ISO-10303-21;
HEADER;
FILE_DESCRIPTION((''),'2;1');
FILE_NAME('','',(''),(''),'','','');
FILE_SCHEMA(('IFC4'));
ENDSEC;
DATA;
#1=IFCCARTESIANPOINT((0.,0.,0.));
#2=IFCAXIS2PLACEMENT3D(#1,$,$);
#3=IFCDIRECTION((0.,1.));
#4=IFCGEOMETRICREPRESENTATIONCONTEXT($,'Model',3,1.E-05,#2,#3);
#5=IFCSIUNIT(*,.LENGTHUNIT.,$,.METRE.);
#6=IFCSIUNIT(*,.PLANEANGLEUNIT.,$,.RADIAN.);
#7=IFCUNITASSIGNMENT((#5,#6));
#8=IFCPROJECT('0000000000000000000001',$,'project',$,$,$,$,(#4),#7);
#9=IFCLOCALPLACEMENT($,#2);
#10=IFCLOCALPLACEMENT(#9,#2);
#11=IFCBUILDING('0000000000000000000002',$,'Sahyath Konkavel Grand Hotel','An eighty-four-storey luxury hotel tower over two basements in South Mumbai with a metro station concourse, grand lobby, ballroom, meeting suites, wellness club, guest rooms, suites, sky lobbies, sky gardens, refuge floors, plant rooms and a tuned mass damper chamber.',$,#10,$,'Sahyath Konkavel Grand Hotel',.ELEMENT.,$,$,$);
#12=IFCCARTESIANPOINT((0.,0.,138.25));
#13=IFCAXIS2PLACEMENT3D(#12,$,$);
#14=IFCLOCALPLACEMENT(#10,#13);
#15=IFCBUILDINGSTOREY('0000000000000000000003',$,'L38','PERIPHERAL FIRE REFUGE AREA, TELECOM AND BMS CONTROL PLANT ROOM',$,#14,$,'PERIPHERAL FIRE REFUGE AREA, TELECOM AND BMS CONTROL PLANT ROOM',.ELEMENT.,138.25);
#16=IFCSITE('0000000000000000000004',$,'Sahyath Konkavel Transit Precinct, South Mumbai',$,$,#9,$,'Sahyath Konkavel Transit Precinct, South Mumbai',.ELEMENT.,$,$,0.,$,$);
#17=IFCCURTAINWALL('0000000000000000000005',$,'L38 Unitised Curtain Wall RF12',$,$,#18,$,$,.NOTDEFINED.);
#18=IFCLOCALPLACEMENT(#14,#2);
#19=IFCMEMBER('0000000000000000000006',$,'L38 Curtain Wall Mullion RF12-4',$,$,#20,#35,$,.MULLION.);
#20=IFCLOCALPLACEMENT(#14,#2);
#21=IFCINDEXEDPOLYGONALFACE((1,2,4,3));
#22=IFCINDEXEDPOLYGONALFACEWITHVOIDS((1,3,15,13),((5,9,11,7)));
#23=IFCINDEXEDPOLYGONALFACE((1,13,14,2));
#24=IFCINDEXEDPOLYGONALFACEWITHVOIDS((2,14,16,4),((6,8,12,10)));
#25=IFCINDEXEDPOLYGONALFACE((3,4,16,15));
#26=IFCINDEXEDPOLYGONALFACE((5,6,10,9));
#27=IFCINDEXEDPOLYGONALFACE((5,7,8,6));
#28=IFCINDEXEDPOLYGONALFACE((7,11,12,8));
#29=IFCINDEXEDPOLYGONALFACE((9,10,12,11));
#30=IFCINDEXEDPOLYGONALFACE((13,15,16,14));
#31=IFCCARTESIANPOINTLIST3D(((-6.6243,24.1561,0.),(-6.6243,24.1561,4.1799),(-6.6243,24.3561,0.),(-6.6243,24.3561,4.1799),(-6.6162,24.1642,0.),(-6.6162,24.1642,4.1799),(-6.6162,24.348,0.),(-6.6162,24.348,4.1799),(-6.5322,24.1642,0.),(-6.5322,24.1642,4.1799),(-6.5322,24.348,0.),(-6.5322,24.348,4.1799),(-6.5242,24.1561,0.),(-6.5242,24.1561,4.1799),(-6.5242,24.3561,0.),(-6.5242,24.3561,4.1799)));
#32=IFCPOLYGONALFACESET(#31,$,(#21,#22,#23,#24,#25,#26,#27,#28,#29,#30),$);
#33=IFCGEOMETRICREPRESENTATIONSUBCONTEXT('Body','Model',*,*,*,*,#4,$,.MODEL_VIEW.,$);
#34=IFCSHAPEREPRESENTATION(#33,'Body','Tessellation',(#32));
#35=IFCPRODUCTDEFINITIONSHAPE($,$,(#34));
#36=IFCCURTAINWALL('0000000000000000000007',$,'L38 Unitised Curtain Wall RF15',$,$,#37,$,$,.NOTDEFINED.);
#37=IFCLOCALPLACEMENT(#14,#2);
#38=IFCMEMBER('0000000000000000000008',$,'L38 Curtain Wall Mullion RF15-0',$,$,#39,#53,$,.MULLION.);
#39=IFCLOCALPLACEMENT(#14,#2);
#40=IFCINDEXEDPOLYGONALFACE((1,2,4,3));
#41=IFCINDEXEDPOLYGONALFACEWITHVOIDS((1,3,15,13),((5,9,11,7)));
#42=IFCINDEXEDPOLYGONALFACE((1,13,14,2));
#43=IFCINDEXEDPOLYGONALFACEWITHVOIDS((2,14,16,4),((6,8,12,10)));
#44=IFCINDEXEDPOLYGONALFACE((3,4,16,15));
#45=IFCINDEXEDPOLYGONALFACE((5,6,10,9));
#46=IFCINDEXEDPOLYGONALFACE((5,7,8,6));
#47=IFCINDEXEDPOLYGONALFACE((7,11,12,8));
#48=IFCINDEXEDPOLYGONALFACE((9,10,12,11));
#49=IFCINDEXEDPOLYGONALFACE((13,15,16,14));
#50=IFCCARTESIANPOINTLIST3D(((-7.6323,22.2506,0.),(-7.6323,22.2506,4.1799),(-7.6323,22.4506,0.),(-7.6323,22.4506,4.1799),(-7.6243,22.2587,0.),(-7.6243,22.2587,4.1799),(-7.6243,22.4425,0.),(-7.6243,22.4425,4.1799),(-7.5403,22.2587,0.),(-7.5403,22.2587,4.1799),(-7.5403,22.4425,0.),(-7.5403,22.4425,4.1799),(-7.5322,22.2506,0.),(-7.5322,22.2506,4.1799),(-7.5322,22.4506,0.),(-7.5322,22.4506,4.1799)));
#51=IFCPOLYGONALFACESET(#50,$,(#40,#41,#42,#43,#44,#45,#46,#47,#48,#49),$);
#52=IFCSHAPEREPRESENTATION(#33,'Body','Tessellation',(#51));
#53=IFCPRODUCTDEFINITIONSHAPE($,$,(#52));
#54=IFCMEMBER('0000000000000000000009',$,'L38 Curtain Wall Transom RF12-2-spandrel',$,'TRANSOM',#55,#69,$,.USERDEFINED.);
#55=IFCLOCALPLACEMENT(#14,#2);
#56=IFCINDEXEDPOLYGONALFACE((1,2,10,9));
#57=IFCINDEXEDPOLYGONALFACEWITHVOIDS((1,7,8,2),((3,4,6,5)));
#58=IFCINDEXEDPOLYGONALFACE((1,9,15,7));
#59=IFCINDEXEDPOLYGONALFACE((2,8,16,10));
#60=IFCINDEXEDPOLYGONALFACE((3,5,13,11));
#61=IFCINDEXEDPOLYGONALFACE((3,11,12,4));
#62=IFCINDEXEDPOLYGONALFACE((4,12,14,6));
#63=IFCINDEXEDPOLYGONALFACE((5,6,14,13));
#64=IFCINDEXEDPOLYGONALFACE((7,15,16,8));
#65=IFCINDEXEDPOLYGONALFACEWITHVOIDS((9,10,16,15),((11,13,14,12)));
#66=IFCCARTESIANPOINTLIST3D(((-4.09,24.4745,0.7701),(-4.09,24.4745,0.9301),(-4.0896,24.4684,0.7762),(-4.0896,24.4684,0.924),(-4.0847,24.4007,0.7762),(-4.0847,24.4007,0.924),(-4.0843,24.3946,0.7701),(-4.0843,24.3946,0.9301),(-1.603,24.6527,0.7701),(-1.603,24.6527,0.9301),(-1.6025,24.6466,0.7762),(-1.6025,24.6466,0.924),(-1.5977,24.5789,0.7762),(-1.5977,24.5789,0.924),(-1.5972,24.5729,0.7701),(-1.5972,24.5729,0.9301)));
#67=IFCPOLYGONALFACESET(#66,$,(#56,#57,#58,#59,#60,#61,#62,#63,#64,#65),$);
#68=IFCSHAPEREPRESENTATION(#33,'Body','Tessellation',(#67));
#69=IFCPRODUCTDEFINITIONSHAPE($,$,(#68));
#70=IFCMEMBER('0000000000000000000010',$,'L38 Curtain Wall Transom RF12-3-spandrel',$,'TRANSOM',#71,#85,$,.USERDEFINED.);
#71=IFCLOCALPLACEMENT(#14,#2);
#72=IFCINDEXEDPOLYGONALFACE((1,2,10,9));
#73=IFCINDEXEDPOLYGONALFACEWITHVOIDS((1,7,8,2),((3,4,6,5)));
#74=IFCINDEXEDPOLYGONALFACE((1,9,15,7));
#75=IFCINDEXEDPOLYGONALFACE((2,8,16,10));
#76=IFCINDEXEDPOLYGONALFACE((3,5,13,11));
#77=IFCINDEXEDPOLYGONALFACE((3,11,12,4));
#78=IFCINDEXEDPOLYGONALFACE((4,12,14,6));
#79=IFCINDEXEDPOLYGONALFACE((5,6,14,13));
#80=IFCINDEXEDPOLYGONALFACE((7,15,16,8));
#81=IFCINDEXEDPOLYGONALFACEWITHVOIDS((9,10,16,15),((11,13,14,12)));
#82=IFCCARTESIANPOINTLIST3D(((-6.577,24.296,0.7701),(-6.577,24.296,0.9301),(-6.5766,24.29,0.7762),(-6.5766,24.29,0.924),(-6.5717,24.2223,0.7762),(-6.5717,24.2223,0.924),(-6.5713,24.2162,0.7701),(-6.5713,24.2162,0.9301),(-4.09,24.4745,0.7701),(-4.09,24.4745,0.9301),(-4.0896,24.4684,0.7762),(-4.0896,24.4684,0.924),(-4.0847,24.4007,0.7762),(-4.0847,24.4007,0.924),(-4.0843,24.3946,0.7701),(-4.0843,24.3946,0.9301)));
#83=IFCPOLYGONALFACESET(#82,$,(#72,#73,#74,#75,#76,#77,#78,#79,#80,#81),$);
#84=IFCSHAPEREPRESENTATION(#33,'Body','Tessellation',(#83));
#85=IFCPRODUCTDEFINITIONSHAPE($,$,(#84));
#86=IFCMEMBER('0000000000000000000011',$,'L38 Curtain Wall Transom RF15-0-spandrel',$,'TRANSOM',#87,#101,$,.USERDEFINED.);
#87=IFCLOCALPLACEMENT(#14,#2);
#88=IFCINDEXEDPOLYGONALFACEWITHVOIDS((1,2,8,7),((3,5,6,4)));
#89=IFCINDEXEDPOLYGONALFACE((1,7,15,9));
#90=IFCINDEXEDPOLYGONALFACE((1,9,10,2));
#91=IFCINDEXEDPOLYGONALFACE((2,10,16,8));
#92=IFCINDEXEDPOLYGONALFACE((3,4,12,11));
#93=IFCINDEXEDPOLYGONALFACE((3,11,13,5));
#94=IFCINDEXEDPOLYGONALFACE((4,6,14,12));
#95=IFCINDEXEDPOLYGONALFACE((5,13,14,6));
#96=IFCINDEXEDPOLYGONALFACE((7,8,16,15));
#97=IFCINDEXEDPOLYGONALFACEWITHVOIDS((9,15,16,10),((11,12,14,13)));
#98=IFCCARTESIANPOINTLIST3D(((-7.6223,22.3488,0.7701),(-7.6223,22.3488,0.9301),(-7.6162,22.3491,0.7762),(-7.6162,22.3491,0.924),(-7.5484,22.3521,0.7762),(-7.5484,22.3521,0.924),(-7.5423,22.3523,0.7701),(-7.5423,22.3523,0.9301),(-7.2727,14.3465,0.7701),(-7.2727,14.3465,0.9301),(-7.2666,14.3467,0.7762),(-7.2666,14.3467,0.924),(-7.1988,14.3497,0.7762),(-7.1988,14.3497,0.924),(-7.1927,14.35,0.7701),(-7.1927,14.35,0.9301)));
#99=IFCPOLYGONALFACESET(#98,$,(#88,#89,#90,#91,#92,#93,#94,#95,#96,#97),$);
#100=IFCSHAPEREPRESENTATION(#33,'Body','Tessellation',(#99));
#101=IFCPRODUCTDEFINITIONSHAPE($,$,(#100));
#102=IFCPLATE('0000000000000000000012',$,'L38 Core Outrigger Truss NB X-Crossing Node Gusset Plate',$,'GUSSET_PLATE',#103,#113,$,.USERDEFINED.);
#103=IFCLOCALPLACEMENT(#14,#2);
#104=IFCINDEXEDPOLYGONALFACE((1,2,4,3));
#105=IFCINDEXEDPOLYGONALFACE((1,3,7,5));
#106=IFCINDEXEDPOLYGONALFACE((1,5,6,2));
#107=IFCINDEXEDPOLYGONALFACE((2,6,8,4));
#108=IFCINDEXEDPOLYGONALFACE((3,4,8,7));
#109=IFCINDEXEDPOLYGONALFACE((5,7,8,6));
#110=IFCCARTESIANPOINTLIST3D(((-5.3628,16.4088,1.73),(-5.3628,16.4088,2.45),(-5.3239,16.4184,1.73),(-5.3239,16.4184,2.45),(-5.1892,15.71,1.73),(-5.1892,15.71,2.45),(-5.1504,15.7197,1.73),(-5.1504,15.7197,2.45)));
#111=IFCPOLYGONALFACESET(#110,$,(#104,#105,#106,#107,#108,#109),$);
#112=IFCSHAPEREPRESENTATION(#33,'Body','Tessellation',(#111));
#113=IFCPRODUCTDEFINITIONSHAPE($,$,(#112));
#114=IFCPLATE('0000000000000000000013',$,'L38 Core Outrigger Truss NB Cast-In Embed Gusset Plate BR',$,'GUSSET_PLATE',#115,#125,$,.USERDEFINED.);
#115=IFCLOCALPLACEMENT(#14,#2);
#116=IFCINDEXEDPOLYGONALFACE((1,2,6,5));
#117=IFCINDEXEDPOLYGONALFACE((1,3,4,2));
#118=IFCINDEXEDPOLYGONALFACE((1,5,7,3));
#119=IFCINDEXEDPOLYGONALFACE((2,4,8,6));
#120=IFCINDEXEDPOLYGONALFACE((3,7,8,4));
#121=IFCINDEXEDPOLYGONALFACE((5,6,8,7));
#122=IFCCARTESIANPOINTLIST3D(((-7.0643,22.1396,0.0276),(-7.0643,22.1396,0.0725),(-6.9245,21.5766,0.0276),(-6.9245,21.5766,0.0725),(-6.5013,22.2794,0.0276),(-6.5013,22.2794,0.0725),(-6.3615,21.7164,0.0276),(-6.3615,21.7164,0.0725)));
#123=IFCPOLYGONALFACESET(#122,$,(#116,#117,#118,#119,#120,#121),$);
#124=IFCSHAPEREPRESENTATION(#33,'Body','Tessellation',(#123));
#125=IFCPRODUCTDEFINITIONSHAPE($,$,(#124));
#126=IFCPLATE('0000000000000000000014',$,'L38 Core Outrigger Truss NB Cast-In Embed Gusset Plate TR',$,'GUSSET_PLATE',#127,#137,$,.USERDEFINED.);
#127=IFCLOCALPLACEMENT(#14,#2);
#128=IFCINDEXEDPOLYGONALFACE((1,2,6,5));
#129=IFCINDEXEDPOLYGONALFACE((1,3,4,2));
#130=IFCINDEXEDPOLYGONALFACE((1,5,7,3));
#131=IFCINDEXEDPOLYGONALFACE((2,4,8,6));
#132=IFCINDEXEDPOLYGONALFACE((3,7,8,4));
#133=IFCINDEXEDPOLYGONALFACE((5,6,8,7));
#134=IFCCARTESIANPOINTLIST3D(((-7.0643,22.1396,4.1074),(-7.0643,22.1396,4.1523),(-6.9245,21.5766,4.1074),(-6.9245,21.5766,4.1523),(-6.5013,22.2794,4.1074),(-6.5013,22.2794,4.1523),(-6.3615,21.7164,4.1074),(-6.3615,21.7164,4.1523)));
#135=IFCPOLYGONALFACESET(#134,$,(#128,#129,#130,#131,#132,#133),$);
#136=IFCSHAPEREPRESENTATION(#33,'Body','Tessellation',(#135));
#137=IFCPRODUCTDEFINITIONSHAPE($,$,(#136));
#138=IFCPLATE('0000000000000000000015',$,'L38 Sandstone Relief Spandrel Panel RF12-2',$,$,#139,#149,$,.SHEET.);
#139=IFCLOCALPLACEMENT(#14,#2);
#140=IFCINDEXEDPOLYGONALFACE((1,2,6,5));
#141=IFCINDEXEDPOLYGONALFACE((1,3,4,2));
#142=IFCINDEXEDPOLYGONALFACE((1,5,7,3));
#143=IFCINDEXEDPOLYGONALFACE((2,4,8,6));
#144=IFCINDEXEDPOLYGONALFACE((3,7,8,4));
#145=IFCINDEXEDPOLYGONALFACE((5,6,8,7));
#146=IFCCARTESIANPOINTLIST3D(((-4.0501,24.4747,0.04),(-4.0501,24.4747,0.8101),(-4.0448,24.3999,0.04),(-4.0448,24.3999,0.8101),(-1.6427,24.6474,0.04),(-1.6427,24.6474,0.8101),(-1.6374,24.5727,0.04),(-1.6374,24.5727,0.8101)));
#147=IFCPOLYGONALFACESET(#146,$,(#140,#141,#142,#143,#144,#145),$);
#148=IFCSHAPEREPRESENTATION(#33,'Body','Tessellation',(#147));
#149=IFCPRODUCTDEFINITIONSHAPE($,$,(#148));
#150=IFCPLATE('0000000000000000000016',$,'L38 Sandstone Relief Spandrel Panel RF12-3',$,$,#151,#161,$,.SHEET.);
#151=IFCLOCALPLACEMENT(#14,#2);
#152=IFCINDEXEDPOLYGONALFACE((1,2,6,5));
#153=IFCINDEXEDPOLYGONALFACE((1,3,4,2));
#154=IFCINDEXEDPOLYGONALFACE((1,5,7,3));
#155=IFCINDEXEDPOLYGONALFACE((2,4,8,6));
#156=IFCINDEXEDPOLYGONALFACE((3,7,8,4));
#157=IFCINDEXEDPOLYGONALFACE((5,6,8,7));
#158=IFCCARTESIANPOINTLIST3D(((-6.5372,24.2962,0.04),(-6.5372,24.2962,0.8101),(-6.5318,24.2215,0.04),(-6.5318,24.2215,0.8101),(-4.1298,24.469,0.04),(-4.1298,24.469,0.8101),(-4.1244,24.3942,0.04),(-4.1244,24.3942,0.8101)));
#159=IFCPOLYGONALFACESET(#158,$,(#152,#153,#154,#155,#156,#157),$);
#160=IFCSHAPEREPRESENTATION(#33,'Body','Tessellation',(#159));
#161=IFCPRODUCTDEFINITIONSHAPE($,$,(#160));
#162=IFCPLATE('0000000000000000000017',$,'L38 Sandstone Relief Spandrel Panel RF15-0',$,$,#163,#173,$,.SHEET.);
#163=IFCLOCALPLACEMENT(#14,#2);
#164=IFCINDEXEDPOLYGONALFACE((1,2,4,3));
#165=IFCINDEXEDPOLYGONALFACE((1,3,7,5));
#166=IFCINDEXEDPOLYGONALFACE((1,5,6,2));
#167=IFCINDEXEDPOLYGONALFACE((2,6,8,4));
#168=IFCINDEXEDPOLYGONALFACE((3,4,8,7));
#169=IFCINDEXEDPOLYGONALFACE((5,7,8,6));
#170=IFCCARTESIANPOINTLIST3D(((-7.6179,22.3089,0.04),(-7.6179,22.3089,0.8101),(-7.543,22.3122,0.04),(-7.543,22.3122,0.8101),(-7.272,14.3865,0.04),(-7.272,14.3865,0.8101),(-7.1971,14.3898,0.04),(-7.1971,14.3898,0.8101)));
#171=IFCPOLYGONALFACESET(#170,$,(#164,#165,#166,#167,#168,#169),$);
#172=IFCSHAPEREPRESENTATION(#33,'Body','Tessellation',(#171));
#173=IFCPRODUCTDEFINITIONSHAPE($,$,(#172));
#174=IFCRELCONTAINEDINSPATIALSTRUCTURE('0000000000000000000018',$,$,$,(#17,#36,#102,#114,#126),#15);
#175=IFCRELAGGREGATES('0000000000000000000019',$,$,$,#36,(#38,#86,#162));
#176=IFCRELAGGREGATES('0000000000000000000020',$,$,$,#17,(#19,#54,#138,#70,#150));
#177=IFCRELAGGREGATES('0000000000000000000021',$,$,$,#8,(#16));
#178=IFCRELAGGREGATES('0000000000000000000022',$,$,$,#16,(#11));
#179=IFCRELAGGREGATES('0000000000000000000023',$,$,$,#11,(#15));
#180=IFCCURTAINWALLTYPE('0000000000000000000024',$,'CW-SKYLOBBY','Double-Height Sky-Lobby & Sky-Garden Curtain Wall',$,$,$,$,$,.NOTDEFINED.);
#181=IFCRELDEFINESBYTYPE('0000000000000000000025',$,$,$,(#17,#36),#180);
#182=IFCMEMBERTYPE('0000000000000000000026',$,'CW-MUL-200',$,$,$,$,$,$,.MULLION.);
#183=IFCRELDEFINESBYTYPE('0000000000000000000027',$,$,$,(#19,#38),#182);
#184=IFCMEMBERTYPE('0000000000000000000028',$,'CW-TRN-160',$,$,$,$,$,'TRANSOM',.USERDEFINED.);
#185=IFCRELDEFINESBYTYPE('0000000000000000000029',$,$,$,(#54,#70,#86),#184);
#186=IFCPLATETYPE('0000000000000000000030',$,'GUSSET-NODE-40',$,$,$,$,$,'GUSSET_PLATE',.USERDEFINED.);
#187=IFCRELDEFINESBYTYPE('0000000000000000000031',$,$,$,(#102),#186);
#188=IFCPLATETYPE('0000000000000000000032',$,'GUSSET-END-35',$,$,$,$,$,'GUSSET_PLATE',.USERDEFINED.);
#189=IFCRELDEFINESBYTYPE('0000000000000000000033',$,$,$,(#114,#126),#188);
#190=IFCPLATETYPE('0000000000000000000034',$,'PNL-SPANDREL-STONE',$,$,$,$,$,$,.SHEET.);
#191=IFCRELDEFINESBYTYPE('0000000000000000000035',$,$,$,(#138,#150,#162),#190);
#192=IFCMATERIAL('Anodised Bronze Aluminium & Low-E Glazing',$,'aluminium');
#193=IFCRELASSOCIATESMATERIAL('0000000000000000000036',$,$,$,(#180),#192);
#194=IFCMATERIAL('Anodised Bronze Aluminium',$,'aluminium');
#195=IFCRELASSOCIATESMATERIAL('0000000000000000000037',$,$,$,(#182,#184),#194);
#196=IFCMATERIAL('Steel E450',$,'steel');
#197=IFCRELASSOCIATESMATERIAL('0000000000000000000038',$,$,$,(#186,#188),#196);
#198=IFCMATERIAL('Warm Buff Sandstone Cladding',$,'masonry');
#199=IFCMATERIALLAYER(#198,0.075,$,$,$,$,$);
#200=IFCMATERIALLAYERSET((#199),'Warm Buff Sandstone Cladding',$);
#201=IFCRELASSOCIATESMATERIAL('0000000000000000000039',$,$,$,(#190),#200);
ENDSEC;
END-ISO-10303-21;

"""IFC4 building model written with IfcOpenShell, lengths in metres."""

from ifc_helpers import new_model, si_unit, direction, frame, origin, origin_2d, place, context, subcontext, project, spatial, rectangle, hollow_rectangle, extrude, source, transform, mapped, material, layer, layer_set, material_profile, profile_set, type_object, element, aggregate, save


model = new_model("IFC4")

# Units and contexts
model_context = context("Model", 3, precision=1e-05, world=origin(), true_north=direction((0.0, 1.0)))
body_context = subcontext(model_context, "Body", "Model", "MODEL_VIEW")
ifc_project = project(units=[si_unit("LENGTHUNIT", "METRE"), si_unit("PLANEANGLEUNIT", "RADIAN")], contexts=[model_context])

# Site, building, storey
site_placement = place(None, origin())
site = spatial("IfcSite", under=ifc_project, at=site_placement, Name="Sahyath Konkavel Transit Precinct, South Mumbai", LongName="Sahyath Konkavel Transit Precinct, South Mumbai", CompositionType="ELEMENT", RefElevation=0.0)
building_placement = place(site_placement, origin())
building = spatial("IfcBuilding", under=site, at=building_placement, Name="Sahyath Konkavel Grand Hotel", Description="An eighty-four-storey luxury hotel tower over two basements in South Mumbai with a metro station concourse, grand lobby, ballroom, meeting suites, wellness club, guest rooms, suites, sky lobbies, sky gardens, refuge floors, plant rooms and a tuned mass damper chamber.", LongName="Sahyath Konkavel Grand Hotel", CompositionType="ELEMENT")
storey_placement = place(building_placement, frame((0.0, 0.0, 138.25)))
storey = spatial("IfcBuildingStorey", under=building, at=storey_placement, Name="L38", Description="PERIPHERAL FIRE REFUGE AREA, TELECOM AND BMS CONTROL PLANT ROOM", LongName="PERIPHERAL FIRE REFUGE AREA, TELECOM AND BMS CONTROL PLANT ROOM", CompositionType="ELEMENT", Elevation=138.25)

# Shared definitions
ifc_material_1 = material(Name="Steel E450", Category="steel")

# Curtain wall, member
ifc_material_2 = material(Name="Anodised Bronze Aluminium & Low-E Glazing", Category="aluminium")
curtain_wall_type = type_object("IfcCurtainWallType", Name="CW-SKYLOBBY", Description="Double-Height Sky-Lobby & Sky-Garden Curtain Wall", PredefinedType="NOTDEFINED", material=ifc_material_2)
curtain_wall_1_placement = place(storey_placement, origin())
curtain_wall_1 = element("IfcCurtainWall", 1, at=curtain_wall_1_placement, inside=storey, type_object=curtain_wall_type, Name="L38 Unitised Curtain Wall RF12", PredefinedType="NOTDEFINED")
ifc_material_3 = material(Name="Anodised Bronze Aluminium", Category="aluminium")
ifc_material_profile_1 = material_profile(ifc_material_3, hollow_rectangle(XDim=0.1001, YDim=0.2, WallThickness=0.0081, at=origin_2d()), Name="RHS 200x100x8")
ifc_profile_set_1 = profile_set([ifc_material_profile_1], Name="Anodised Bronze Aluminium")
member_type_1 = type_object("IfcMemberType", Name="CW-MUL-200", PredefinedType="MULLION", material=ifc_profile_set_1)
shared_shape_1 = source(origin(), body_context, "Body", "SweptSolid", [
    extrude(hollow_rectangle(XDim=0.1001, YDim=0.2, WallThickness=0.0081, at=origin_2d()), origin(), (0.0, 0.0, 1.0), 4.1799),
])
member_1_placement = place(storey_placement, frame((-6.5742, 24.2561, 0.0), z_axis=(0.0, 0.0, 1.0), x_axis=(1.0, 0.0, 0.0)))
member_1 = element("IfcMember", 2, at=member_1_placement, type_object=member_type_1, Name="L38 Curtain Wall Mullion RF12-4", PredefinedType="MULLION", context=body_context, shape_type="MappedRepresentation", body=[
    mapped(shared_shape_1, transform((0.0, 0.0, 0.0), scale=1.0)),
])

# Curtain wall, member
curtain_wall_2_placement = place(storey_placement, origin())
curtain_wall_2 = element("IfcCurtainWall", 3, at=curtain_wall_2_placement, inside=storey, type_object=curtain_wall_type, Name="L38 Unitised Curtain Wall RF15", PredefinedType="NOTDEFINED")
member_2_placement = place(storey_placement, frame((-7.5823, 22.3506, 0.0), z_axis=(0.0, 0.0, 1.0), x_axis=(1.0, 0.0, 0.0)))
member_2 = element("IfcMember", 4, at=member_2_placement, type_object=member_type_1, Name="L38 Curtain Wall Mullion RF15-0", PredefinedType="MULLION", context=body_context, shape_type="MappedRepresentation", body=[
    mapped(shared_shape_1, transform((0.0, 0.0, 0.0), scale=1.0)),
])

# Members
ifc_material_profile_2 = material_profile(ifc_material_3, hollow_rectangle(XDim=0.0801, YDim=0.1599, WallThickness=0.0061, at=origin_2d()), Name="RHS 160x80x6")
ifc_profile_set_2 = profile_set([ifc_material_profile_2], Name="Anodised Bronze Aluminium")
member_type_2 = type_object("IfcMemberType", Name="CW-TRN-160", ElementType="TRANSOM", PredefinedType="USERDEFINED", material=ifc_profile_set_2)
shared_shape_2 = source(origin(), body_context, "Body", "SweptSolid", [
    extrude(hollow_rectangle(XDim=0.0801, YDim=0.1599, WallThickness=0.0061, at=origin_2d()), origin(), (0.0, 0.0, 1.0), 2.4934),
])
member_3_placement = place(storey_placement, frame((-1.6001, 24.6128, 0.8501), z_axis=(-0.997442, -0.071477, 0.0), x_axis=(0.071477, -0.997442, 0.0)))
member_3 = element("IfcMember", 5, at=member_3_placement, type_object=member_type_2, Name="L38 Curtain Wall Transom RF12-2-spandrel", ObjectType="TRANSOM", PredefinedType="USERDEFINED", context=body_context, shape_type="MappedRepresentation", body=[
    mapped(shared_shape_2, transform((0.0, 0.0, 0.0), scale=1.0)),
])
member_4_placement = place(storey_placement, frame((-4.0872, 24.4346, 0.8501), z_axis=(-0.997435, -0.071574, 0.0), x_axis=(0.071574, -0.997435, 0.0)))
member_4 = element("IfcMember", 6, at=member_4_placement, type_object=member_type_2, Name="L38 Curtain Wall Transom RF12-3-spandrel", ObjectType="TRANSOM", PredefinedType="USERDEFINED", context=body_context, shape_type="MappedRepresentation", body=[
    mapped(shared_shape_2, transform((0.0, 0.0, 0.0), scale=1.0)),
])
shared_shape_3 = source(origin(), body_context, "Body", "SweptSolid", [
    extrude(hollow_rectangle(XDim=0.0801, YDim=0.1599, WallThickness=0.0061, at=origin_2d()), origin(), (0.0, 0.0, 1.0), 8.01),
])
member_5_placement = place(storey_placement, frame((-7.5823, 22.3506, 0.8501), z_axis=(0.043646, -0.999047, 0.0), x_axis=(0.999047, 0.043646, 0.0)))
member_5 = element("IfcMember", 7, at=member_5_placement, type_object=member_type_2, Name="L38 Curtain Wall Transom RF15-0-spandrel", ObjectType="TRANSOM", PredefinedType="USERDEFINED", context=body_context, shape_type="MappedRepresentation", body=[
    mapped(shared_shape_3, transform((0.0, 0.0, 0.0), scale=1.0)),
])

# Plates
plate_type_1 = type_object("IfcPlateType", Name="GUSSET-NODE-40", ElementType="GUSSET_PLATE", PredefinedType="USERDEFINED", material=ifc_material_1)
shared_shape_4 = source(origin(), body_context, "Body", "SweptSolid", [
    extrude(rectangle(XDim=0.72, YDim=0.04, at=origin_2d()), origin(), (0.0, 0.0, 1.0), 0.72),
])
plate_1_placement = place(storey_placement, frame((-5.2566, 16.0642, 1.73), z_axis=(0.0, 0.0, 1.0), x_axis=(-0.241041, 0.970515, 0.0)))
element("IfcPlate", 8, at=plate_1_placement, inside=storey, type_object=plate_type_1, Name="L38 Core Outrigger Truss NB X-Crossing Node Gusset Plate", ObjectType="GUSSET_PLATE", PredefinedType="USERDEFINED", context=body_context, shape_type="MappedRepresentation", body=[
    mapped(shared_shape_4, transform((0.0, 0.0, 0.0), scale=1.0)),
])
plate_type_2 = type_object("IfcPlateType", Name="GUSSET-END-35", ElementType="GUSSET_PLATE", PredefinedType="USERDEFINED", material=ifc_material_1)
shared_shape_5 = source(origin(), body_context, "Body", "SweptSolid", [
    extrude(rectangle(XDim=0.5801, YDim=0.5801, at=origin_2d()), origin(), (0.0, 0.0, 1.0), 0.0449),
])
for number, where, z_axis, x_axis, name in (
    (9, (-6.7129, 21.928, 0.0276), (0.0, 0.0, 1.0), (-0.241041, 0.970515, 0.0), "L38 Core Outrigger Truss NB Cast-In Embed Gusset Plate BR"),
    (10, (-6.7129, 21.928, 4.1074), (0.0, 0.0, 1.0), (-0.241041, 0.970515, 0.0), "L38 Core Outrigger Truss NB Cast-In Embed Gusset Plate TR"),
):
    element("IfcPlate", number, at=place(storey_placement, frame(where, z_axis=z_axis, x_axis=x_axis)), inside=storey, type_object=plate_type_2, Name=name, ObjectType="GUSSET_PLATE", PredefinedType="USERDEFINED", context=body_context, shape_type="MappedRepresentation", body=[
        mapped(shared_shape_5, transform((0.0, 0.0, 0.0), scale=1.0)),
    ])

# Plates
ifc_material_4 = material(Name="Warm Buff Sandstone Cladding", Category="masonry")
ifc_layer_1 = layer(ifc_material_4, 0.075)
ifc_layer_set_1 = layer_set([ifc_layer_1], Name="Warm Buff Sandstone Cladding")
plate_type_3 = type_object("IfcPlateType", Name="PNL-SPANDREL-STONE", PredefinedType="SHEET", material=ifc_layer_set_1)
shared_shape_6 = source(origin(), body_context, "Body", "SweptSolid", [
    extrude(rectangle(XDim=2.4136, YDim=0.075, at=origin_2d()), origin(), (0.0, 0.0, 1.0), 0.77),
])
plate_2_placement = place(storey_placement, frame((-2.8438, 24.5237, 0.04), z_axis=(0.0, 0.0, 1.0), x_axis=(-0.997436, -0.071567, 0.0)))
plate_2 = element("IfcPlate", 11, at=plate_2_placement, type_object=plate_type_3, Name="L38 Sandstone Relief Spandrel Panel RF12-2", PredefinedType="SHEET", context=body_context, shape_type="MappedRepresentation", body=[
    mapped(shared_shape_6, transform((0.0, 0.0, 0.0), scale=1.0)),
])
plate_3_placement = place(storey_placement, frame((-5.3308, 24.3452, 0.04), z_axis=(0.0, 0.0, 1.0), x_axis=(-0.997436, -0.071567, 0.0)))
plate_3 = element("IfcPlate", 12, at=plate_3_placement, type_object=plate_type_3, Name="L38 Sandstone Relief Spandrel Panel RF12-3", PredefinedType="SHEET", context=body_context, shape_type="MappedRepresentation", body=[
    mapped(shared_shape_6, transform((0.0, 0.0, 0.0), scale=1.0)),
])
shared_shape_7 = source(origin(), body_context, "Body", "SweptSolid", [
    extrude(rectangle(XDim=7.9299, YDim=0.075, at=origin_2d()), origin(), (0.0, 0.0, 1.0), 0.77),
])
plate_4_placement = place(storey_placement, frame((-7.4075, 18.3494, 0.04), z_axis=(0.0, 0.0, 1.0), x_axis=(0.043619, -0.999048, 0.0)))
plate_4 = element("IfcPlate", 13, at=plate_4_placement, type_object=plate_type_3, Name="L38 Sandstone Relief Spandrel Panel RF15-0", PredefinedType="SHEET", context=body_context, shape_type="MappedRepresentation", body=[
    mapped(shared_shape_7, transform((0.0, 0.0, 0.0), scale=1.0)),
])
aggregate(curtain_wall_2, [member_2, member_5, plate_4])
aggregate(curtain_wall_1, [member_1, member_3, plate_2, member_4, plate_3])

save(model, "model.ifc")
